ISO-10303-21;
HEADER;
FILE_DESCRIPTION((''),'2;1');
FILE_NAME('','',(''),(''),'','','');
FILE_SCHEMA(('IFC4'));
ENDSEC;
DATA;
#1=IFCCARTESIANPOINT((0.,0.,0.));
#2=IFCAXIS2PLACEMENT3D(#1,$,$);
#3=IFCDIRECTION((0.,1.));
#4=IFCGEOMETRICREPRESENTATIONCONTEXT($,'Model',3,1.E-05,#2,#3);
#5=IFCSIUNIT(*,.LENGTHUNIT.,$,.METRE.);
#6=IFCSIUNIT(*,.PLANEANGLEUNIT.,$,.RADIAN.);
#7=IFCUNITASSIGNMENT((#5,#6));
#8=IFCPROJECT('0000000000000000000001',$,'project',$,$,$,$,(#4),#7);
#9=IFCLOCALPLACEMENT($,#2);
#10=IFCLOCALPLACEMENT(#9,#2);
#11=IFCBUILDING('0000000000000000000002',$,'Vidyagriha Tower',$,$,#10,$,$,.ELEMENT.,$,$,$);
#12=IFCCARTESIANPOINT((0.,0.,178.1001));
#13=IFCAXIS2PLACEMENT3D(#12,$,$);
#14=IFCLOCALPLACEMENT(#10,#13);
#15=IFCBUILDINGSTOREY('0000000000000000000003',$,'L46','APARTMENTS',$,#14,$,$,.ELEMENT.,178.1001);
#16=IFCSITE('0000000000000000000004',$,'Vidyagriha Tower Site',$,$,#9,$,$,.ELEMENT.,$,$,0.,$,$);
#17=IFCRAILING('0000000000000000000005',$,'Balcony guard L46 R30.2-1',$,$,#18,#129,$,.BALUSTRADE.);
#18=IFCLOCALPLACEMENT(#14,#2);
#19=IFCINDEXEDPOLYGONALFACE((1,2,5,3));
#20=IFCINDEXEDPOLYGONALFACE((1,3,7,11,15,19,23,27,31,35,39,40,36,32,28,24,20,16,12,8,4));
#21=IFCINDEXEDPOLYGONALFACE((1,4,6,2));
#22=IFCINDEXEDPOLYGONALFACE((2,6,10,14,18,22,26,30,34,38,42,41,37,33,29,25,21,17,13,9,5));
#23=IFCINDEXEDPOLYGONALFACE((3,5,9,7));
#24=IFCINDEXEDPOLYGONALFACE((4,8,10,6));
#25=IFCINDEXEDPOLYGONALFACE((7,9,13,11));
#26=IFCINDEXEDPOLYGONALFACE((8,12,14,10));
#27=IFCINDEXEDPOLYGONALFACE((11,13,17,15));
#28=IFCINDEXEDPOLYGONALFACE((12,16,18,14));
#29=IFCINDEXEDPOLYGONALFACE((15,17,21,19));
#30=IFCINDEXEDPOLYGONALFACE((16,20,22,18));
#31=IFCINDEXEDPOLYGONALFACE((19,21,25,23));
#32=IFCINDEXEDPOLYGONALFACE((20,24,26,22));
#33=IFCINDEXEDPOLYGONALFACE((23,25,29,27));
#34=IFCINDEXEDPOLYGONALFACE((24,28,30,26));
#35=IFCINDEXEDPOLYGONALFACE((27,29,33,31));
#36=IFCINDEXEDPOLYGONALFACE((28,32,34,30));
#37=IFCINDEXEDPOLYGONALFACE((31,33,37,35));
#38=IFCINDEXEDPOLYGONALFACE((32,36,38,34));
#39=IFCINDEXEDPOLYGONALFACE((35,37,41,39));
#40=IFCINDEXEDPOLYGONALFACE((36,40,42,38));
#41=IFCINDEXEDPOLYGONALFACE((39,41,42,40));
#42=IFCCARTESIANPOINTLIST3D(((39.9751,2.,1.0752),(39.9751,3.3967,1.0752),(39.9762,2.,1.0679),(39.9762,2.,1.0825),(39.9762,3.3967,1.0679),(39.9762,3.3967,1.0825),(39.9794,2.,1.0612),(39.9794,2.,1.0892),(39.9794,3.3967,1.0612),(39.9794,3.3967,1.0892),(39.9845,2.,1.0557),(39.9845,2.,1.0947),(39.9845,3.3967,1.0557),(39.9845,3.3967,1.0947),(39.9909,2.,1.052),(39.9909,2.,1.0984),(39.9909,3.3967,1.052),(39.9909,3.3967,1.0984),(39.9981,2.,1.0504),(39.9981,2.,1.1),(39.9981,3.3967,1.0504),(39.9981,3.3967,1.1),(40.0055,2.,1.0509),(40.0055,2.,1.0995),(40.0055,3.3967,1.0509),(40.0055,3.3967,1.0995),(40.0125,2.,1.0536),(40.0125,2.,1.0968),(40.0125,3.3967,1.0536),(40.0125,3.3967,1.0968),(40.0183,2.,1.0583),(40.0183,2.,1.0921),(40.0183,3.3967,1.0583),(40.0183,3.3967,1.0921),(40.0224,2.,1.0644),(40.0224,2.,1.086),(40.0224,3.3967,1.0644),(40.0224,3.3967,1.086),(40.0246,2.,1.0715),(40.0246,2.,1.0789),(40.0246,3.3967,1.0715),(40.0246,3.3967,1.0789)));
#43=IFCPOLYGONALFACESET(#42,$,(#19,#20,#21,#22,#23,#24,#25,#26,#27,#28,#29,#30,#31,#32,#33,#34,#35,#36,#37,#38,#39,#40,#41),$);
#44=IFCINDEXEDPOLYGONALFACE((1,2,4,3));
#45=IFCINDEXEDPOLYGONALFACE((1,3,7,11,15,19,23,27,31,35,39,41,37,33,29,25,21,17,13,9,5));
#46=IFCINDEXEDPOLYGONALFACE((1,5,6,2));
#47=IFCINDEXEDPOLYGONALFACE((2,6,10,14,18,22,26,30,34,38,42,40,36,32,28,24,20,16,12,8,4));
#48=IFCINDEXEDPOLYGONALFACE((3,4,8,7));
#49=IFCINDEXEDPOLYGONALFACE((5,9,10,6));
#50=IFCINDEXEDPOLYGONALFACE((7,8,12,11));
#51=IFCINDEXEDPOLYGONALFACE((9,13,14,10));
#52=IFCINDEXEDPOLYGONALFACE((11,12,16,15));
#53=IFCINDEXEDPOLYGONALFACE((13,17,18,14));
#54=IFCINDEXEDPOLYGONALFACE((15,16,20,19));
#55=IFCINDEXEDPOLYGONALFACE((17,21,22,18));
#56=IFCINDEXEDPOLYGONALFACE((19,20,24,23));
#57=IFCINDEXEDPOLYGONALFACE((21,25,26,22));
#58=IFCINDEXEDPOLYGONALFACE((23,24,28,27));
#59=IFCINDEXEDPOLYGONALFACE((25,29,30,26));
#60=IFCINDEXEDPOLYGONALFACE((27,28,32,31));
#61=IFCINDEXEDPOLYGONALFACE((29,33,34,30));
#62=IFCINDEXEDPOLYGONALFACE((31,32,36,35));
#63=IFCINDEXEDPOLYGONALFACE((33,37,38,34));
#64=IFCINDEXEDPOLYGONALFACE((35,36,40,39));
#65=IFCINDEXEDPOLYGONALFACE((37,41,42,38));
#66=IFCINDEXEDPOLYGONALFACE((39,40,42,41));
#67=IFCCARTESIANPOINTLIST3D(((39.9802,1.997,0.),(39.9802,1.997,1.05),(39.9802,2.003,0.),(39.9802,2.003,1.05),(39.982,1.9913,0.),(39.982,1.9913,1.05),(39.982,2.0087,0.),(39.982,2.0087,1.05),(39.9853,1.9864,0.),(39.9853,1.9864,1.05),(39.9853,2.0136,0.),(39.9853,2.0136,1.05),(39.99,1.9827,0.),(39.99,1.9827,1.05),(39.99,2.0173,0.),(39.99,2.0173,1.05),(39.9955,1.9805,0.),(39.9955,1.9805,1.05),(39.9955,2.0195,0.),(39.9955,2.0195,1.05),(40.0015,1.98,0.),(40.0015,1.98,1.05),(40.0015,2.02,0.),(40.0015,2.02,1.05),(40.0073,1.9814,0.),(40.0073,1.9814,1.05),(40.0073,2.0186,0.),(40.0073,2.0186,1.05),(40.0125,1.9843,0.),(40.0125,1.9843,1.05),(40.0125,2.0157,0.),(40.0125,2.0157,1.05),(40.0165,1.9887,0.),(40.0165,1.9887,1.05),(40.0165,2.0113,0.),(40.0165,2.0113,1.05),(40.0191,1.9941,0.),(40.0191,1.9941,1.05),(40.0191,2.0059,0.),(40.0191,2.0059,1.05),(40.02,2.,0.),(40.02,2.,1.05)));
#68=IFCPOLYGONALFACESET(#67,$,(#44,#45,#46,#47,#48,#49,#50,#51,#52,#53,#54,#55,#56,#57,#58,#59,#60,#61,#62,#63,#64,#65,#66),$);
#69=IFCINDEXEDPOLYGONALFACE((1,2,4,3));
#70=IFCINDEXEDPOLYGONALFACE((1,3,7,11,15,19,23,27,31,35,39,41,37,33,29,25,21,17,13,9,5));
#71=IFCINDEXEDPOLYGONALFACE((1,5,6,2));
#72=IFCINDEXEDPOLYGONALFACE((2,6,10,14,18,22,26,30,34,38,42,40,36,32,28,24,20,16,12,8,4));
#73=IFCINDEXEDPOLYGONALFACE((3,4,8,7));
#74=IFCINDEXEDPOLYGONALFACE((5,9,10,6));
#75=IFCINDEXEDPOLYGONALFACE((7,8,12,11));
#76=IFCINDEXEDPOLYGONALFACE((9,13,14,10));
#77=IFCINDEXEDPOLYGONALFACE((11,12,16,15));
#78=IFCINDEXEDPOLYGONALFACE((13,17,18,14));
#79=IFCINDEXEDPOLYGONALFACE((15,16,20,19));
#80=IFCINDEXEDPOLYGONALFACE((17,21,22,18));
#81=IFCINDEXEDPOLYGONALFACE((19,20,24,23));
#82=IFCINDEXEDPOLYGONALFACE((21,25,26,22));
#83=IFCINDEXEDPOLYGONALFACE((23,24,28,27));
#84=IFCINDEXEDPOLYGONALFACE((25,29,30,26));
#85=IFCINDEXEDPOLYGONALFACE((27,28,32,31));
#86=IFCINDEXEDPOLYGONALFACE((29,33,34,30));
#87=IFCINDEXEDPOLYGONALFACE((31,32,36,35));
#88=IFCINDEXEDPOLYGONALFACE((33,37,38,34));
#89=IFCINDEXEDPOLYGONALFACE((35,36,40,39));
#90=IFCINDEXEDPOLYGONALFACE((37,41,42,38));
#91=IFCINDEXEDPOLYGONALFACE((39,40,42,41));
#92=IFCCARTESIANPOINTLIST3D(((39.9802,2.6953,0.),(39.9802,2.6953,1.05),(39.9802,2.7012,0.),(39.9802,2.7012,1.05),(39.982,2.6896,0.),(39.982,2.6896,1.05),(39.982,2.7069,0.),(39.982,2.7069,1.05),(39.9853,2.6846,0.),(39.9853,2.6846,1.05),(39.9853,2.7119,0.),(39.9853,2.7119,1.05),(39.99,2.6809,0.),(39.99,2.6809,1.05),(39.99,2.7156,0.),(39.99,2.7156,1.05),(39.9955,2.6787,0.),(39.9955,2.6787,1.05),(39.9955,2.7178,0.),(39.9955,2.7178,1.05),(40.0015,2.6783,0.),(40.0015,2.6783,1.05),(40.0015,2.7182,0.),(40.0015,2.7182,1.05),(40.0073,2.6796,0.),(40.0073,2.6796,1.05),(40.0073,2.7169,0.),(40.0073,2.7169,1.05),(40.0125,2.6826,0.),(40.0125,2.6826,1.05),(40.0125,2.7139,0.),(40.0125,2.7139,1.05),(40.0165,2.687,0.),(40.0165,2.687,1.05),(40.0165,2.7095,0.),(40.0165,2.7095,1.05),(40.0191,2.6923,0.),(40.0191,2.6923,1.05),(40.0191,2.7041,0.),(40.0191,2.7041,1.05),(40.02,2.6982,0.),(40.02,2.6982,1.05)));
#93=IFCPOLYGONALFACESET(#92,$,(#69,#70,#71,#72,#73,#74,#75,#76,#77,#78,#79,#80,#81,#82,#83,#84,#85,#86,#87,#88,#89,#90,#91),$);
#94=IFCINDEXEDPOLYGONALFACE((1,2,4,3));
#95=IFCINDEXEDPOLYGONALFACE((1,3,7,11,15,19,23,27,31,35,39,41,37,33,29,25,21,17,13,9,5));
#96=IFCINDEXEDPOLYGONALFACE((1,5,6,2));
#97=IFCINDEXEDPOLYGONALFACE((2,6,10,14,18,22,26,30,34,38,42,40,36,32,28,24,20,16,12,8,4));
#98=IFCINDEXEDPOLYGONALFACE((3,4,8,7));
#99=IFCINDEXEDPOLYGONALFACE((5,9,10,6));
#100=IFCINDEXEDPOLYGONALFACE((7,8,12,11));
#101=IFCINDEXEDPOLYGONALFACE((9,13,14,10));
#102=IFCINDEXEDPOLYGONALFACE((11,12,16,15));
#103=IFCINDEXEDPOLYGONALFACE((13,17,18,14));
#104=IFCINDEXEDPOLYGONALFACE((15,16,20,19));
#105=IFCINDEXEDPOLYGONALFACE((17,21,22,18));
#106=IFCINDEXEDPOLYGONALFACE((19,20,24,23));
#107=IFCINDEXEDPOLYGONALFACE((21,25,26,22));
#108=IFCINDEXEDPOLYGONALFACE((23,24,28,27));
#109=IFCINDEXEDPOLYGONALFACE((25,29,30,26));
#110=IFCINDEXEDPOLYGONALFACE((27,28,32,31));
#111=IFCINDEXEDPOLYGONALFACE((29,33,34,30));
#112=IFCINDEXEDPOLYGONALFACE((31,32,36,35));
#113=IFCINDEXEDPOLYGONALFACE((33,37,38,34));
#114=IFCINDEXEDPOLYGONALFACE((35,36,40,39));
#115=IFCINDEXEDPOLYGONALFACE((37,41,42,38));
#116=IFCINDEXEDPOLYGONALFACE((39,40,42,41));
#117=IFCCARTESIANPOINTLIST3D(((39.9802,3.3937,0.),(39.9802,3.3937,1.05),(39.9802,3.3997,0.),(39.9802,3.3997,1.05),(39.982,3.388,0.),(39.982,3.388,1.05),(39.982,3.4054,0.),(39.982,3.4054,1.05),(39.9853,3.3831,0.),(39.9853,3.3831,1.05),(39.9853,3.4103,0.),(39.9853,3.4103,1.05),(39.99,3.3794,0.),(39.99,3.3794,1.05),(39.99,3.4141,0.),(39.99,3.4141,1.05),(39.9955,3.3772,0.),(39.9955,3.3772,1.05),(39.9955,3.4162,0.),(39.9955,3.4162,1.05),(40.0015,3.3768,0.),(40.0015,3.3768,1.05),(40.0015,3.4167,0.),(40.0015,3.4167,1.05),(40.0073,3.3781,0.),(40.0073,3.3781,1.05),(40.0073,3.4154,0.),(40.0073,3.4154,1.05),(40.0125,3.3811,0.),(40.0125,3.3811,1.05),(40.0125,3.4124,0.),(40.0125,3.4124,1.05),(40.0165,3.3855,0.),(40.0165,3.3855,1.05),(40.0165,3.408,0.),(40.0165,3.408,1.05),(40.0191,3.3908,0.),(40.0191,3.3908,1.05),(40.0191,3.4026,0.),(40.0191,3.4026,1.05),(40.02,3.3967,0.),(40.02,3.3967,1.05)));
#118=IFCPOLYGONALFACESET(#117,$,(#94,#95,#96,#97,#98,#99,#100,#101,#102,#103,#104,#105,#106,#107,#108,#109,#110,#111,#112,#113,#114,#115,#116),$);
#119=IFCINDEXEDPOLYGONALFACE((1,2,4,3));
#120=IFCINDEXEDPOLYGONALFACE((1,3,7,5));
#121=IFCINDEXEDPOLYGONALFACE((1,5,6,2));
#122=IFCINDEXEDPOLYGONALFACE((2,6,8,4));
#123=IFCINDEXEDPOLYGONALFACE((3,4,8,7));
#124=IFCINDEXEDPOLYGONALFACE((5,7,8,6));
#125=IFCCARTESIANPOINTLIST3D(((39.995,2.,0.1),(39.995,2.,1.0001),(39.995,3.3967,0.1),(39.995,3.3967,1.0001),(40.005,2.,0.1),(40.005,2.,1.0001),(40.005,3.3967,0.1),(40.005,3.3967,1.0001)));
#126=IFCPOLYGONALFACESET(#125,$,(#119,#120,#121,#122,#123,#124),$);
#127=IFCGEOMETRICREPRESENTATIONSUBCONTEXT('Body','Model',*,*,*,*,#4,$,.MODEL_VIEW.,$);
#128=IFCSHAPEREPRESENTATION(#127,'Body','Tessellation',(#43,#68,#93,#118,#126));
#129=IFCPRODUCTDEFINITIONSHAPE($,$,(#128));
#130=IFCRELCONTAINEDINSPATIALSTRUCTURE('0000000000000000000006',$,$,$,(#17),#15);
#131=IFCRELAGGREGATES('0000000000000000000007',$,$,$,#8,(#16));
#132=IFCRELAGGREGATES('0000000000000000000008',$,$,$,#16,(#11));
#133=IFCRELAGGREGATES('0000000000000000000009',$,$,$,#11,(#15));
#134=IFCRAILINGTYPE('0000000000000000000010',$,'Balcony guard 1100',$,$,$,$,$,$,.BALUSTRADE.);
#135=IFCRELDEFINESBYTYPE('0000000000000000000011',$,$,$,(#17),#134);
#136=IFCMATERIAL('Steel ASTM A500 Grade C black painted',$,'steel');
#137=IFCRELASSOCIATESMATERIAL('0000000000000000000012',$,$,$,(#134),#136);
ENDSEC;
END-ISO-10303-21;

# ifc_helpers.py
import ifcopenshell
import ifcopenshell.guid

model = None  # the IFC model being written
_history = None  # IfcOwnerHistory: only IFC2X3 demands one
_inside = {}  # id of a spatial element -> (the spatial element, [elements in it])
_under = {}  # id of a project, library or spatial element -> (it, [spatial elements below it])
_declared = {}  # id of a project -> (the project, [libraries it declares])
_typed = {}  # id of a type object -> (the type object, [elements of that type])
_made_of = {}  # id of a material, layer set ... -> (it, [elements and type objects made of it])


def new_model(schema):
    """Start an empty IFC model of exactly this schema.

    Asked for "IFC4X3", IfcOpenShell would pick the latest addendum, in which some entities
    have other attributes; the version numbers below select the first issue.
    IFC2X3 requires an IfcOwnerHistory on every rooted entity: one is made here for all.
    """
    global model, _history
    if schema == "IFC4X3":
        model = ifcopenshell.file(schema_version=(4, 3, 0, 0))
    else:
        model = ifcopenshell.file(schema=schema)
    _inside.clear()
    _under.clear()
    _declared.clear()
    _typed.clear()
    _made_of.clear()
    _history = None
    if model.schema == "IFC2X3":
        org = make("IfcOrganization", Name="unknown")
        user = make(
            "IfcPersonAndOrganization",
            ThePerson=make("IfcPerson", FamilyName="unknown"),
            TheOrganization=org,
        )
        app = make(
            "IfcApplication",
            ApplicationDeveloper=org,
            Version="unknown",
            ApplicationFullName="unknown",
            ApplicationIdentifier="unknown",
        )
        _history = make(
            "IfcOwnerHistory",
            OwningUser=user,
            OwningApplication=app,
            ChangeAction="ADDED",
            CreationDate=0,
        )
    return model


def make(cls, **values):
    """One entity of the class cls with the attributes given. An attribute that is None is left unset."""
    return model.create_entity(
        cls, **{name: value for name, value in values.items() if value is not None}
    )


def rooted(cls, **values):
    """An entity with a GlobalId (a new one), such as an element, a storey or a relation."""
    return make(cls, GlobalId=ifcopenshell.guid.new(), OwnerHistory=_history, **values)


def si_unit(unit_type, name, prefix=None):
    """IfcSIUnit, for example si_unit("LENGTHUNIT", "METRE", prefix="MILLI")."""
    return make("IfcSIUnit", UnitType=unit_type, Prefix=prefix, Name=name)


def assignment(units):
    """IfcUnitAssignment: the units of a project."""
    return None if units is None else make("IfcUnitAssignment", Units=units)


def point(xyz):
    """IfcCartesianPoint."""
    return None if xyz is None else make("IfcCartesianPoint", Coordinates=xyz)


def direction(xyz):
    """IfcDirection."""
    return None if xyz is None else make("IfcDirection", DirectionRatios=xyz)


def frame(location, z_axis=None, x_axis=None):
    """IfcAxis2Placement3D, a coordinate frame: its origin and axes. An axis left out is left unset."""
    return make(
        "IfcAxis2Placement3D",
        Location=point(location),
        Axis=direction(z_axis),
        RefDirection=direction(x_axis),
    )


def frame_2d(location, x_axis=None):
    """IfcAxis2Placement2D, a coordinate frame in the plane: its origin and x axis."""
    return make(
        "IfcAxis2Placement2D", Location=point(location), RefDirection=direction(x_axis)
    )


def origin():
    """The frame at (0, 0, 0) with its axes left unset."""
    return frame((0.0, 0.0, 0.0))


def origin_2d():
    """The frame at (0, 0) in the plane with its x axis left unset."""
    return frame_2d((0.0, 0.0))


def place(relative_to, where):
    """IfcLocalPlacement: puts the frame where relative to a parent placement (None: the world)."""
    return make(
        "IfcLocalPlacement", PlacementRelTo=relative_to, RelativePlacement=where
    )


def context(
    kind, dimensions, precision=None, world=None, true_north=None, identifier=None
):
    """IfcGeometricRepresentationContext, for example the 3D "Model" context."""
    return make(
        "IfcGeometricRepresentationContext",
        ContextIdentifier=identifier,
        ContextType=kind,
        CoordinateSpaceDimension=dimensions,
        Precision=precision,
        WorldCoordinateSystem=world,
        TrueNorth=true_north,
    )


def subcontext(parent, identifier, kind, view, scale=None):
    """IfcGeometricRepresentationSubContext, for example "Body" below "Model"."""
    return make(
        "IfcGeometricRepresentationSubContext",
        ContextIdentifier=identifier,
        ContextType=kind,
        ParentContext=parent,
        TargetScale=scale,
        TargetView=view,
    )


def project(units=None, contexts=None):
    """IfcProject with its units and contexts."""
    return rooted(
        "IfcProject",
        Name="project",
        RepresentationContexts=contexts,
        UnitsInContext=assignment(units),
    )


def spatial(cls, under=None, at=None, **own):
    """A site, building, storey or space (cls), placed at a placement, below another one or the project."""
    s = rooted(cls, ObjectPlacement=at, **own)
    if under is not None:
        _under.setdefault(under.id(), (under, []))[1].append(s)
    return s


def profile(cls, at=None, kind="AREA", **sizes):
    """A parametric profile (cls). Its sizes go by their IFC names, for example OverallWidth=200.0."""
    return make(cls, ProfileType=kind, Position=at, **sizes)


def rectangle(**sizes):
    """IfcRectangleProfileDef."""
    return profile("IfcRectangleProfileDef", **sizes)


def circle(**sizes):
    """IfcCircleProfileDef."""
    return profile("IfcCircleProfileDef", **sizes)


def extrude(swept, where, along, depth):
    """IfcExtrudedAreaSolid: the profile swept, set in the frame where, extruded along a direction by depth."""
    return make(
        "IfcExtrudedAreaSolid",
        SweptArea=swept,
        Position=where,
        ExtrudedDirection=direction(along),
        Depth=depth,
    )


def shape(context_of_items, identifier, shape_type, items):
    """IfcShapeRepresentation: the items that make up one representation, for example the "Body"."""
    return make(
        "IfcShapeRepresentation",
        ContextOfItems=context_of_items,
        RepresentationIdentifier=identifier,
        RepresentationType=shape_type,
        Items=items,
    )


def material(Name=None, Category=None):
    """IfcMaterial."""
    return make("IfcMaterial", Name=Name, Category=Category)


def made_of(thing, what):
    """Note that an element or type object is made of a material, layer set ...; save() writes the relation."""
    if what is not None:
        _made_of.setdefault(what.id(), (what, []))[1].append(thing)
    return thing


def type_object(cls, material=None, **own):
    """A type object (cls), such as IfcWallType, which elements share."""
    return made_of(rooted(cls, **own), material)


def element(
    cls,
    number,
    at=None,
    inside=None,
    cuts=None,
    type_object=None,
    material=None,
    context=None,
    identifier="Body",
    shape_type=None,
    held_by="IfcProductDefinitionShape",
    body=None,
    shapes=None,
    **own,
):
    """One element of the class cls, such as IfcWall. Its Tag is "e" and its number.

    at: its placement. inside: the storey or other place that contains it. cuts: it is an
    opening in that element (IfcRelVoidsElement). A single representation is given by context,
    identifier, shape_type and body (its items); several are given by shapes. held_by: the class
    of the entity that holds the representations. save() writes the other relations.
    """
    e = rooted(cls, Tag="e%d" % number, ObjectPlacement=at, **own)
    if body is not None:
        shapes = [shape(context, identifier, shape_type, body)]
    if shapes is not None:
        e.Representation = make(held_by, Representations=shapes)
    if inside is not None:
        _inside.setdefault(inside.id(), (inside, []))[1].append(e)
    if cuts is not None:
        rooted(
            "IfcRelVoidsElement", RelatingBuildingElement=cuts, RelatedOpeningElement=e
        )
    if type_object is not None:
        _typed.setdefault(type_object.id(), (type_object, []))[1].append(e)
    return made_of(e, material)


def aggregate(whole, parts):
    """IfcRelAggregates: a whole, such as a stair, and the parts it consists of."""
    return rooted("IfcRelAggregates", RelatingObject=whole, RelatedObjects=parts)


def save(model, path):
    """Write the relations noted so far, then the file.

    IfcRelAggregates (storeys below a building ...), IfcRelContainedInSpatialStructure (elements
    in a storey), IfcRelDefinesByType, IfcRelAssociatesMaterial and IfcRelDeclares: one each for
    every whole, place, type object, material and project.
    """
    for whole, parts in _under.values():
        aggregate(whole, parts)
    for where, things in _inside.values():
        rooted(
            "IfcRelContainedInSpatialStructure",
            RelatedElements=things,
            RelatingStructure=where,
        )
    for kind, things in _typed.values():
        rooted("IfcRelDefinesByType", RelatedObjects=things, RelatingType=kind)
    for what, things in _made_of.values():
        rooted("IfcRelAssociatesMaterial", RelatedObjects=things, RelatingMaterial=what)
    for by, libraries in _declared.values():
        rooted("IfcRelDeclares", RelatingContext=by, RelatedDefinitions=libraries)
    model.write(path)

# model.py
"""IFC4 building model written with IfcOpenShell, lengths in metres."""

from ifc_helpers import new_model, si_unit, direction, frame, origin, origin_2d, place, context, subcontext, project, spatial, rectangle, circle, extrude, material, type_object, element, save


model = new_model("IFC4")

# Units and contexts
model_context = context("Model", 3, precision=1e-05, world=origin(), true_north=direction((0.0, 1.0)))
body_context = subcontext(model_context, "Body", "Model", "MODEL_VIEW")
ifc_project = project(units=[si_unit("LENGTHUNIT", "METRE"), si_unit("PLANEANGLEUNIT", "RADIAN")], contexts=[model_context])

# Site, building, storey
site_placement = place(None, origin())
site = spatial("IfcSite", under=ifc_project, at=site_placement, Name="Vidyagriha Tower Site", CompositionType="ELEMENT", RefElevation=0.0)
building_placement = place(site_placement, origin())
building = spatial("IfcBuilding", under=site, at=building_placement, Name="Vidyagriha Tower", CompositionType="ELEMENT")
storey_placement = place(building_placement, frame((0.0, 0.0, 178.1001)))
storey = spatial("IfcBuildingStorey", under=building, at=storey_placement, Name="L46", Description="APARTMENTS", CompositionType="ELEMENT", Elevation=178.1001)

# Railing
ifc_material_1 = material(Name="Steel ASTM A500 Grade C black painted", Category="steel")
railing_type_1 = type_object("IfcRailingType", Name="Balcony guard 1100", PredefinedType="BALUSTRADE", material=ifc_material_1)
railing_1_placement = place(storey_placement, frame((40.0, 2.0, 0.0)))
element("IfcRailing", 1, at=railing_1_placement, inside=storey, type_object=railing_type_1, Name="Balcony guard L46 R30.2-1", PredefinedType="BALUSTRADE", context=body_context, shape_type="SweptSolid", body=[
    extrude(circle(Radius=0.0249, at=origin_2d()), frame((0.0, 0.0, 1.0752), z_axis=(0.0, 1.0, 0.0), x_axis=(-1.0, 0.0, 0.0)), (0.0, 0.0, 1.0), 1.3967),
    extrude(circle(Radius=0.02, at=origin_2d()), origin(), (0.0, 0.0, 1.0), 1.05),
    extrude(circle(Radius=0.02, at=origin_2d()), frame((0.0, 0.6982, 0.0)), (0.0, 0.0, 1.0), 1.05),
    extrude(circle(Radius=0.02, at=origin_2d()), frame((0.0, 1.3967, 0.0)), (0.0, 0.0, 1.0), 1.05),
    extrude(rectangle(XDim=0.01, YDim=0.9001, at=origin_2d()), frame((0.0, 0.0, 0.55), z_axis=(0.0, 1.0, 0.0), x_axis=(-1.0, 0.0, 0.0)), (0.0, 0.0, 1.0), 1.3967),
])

save(model, "model.ifc")
